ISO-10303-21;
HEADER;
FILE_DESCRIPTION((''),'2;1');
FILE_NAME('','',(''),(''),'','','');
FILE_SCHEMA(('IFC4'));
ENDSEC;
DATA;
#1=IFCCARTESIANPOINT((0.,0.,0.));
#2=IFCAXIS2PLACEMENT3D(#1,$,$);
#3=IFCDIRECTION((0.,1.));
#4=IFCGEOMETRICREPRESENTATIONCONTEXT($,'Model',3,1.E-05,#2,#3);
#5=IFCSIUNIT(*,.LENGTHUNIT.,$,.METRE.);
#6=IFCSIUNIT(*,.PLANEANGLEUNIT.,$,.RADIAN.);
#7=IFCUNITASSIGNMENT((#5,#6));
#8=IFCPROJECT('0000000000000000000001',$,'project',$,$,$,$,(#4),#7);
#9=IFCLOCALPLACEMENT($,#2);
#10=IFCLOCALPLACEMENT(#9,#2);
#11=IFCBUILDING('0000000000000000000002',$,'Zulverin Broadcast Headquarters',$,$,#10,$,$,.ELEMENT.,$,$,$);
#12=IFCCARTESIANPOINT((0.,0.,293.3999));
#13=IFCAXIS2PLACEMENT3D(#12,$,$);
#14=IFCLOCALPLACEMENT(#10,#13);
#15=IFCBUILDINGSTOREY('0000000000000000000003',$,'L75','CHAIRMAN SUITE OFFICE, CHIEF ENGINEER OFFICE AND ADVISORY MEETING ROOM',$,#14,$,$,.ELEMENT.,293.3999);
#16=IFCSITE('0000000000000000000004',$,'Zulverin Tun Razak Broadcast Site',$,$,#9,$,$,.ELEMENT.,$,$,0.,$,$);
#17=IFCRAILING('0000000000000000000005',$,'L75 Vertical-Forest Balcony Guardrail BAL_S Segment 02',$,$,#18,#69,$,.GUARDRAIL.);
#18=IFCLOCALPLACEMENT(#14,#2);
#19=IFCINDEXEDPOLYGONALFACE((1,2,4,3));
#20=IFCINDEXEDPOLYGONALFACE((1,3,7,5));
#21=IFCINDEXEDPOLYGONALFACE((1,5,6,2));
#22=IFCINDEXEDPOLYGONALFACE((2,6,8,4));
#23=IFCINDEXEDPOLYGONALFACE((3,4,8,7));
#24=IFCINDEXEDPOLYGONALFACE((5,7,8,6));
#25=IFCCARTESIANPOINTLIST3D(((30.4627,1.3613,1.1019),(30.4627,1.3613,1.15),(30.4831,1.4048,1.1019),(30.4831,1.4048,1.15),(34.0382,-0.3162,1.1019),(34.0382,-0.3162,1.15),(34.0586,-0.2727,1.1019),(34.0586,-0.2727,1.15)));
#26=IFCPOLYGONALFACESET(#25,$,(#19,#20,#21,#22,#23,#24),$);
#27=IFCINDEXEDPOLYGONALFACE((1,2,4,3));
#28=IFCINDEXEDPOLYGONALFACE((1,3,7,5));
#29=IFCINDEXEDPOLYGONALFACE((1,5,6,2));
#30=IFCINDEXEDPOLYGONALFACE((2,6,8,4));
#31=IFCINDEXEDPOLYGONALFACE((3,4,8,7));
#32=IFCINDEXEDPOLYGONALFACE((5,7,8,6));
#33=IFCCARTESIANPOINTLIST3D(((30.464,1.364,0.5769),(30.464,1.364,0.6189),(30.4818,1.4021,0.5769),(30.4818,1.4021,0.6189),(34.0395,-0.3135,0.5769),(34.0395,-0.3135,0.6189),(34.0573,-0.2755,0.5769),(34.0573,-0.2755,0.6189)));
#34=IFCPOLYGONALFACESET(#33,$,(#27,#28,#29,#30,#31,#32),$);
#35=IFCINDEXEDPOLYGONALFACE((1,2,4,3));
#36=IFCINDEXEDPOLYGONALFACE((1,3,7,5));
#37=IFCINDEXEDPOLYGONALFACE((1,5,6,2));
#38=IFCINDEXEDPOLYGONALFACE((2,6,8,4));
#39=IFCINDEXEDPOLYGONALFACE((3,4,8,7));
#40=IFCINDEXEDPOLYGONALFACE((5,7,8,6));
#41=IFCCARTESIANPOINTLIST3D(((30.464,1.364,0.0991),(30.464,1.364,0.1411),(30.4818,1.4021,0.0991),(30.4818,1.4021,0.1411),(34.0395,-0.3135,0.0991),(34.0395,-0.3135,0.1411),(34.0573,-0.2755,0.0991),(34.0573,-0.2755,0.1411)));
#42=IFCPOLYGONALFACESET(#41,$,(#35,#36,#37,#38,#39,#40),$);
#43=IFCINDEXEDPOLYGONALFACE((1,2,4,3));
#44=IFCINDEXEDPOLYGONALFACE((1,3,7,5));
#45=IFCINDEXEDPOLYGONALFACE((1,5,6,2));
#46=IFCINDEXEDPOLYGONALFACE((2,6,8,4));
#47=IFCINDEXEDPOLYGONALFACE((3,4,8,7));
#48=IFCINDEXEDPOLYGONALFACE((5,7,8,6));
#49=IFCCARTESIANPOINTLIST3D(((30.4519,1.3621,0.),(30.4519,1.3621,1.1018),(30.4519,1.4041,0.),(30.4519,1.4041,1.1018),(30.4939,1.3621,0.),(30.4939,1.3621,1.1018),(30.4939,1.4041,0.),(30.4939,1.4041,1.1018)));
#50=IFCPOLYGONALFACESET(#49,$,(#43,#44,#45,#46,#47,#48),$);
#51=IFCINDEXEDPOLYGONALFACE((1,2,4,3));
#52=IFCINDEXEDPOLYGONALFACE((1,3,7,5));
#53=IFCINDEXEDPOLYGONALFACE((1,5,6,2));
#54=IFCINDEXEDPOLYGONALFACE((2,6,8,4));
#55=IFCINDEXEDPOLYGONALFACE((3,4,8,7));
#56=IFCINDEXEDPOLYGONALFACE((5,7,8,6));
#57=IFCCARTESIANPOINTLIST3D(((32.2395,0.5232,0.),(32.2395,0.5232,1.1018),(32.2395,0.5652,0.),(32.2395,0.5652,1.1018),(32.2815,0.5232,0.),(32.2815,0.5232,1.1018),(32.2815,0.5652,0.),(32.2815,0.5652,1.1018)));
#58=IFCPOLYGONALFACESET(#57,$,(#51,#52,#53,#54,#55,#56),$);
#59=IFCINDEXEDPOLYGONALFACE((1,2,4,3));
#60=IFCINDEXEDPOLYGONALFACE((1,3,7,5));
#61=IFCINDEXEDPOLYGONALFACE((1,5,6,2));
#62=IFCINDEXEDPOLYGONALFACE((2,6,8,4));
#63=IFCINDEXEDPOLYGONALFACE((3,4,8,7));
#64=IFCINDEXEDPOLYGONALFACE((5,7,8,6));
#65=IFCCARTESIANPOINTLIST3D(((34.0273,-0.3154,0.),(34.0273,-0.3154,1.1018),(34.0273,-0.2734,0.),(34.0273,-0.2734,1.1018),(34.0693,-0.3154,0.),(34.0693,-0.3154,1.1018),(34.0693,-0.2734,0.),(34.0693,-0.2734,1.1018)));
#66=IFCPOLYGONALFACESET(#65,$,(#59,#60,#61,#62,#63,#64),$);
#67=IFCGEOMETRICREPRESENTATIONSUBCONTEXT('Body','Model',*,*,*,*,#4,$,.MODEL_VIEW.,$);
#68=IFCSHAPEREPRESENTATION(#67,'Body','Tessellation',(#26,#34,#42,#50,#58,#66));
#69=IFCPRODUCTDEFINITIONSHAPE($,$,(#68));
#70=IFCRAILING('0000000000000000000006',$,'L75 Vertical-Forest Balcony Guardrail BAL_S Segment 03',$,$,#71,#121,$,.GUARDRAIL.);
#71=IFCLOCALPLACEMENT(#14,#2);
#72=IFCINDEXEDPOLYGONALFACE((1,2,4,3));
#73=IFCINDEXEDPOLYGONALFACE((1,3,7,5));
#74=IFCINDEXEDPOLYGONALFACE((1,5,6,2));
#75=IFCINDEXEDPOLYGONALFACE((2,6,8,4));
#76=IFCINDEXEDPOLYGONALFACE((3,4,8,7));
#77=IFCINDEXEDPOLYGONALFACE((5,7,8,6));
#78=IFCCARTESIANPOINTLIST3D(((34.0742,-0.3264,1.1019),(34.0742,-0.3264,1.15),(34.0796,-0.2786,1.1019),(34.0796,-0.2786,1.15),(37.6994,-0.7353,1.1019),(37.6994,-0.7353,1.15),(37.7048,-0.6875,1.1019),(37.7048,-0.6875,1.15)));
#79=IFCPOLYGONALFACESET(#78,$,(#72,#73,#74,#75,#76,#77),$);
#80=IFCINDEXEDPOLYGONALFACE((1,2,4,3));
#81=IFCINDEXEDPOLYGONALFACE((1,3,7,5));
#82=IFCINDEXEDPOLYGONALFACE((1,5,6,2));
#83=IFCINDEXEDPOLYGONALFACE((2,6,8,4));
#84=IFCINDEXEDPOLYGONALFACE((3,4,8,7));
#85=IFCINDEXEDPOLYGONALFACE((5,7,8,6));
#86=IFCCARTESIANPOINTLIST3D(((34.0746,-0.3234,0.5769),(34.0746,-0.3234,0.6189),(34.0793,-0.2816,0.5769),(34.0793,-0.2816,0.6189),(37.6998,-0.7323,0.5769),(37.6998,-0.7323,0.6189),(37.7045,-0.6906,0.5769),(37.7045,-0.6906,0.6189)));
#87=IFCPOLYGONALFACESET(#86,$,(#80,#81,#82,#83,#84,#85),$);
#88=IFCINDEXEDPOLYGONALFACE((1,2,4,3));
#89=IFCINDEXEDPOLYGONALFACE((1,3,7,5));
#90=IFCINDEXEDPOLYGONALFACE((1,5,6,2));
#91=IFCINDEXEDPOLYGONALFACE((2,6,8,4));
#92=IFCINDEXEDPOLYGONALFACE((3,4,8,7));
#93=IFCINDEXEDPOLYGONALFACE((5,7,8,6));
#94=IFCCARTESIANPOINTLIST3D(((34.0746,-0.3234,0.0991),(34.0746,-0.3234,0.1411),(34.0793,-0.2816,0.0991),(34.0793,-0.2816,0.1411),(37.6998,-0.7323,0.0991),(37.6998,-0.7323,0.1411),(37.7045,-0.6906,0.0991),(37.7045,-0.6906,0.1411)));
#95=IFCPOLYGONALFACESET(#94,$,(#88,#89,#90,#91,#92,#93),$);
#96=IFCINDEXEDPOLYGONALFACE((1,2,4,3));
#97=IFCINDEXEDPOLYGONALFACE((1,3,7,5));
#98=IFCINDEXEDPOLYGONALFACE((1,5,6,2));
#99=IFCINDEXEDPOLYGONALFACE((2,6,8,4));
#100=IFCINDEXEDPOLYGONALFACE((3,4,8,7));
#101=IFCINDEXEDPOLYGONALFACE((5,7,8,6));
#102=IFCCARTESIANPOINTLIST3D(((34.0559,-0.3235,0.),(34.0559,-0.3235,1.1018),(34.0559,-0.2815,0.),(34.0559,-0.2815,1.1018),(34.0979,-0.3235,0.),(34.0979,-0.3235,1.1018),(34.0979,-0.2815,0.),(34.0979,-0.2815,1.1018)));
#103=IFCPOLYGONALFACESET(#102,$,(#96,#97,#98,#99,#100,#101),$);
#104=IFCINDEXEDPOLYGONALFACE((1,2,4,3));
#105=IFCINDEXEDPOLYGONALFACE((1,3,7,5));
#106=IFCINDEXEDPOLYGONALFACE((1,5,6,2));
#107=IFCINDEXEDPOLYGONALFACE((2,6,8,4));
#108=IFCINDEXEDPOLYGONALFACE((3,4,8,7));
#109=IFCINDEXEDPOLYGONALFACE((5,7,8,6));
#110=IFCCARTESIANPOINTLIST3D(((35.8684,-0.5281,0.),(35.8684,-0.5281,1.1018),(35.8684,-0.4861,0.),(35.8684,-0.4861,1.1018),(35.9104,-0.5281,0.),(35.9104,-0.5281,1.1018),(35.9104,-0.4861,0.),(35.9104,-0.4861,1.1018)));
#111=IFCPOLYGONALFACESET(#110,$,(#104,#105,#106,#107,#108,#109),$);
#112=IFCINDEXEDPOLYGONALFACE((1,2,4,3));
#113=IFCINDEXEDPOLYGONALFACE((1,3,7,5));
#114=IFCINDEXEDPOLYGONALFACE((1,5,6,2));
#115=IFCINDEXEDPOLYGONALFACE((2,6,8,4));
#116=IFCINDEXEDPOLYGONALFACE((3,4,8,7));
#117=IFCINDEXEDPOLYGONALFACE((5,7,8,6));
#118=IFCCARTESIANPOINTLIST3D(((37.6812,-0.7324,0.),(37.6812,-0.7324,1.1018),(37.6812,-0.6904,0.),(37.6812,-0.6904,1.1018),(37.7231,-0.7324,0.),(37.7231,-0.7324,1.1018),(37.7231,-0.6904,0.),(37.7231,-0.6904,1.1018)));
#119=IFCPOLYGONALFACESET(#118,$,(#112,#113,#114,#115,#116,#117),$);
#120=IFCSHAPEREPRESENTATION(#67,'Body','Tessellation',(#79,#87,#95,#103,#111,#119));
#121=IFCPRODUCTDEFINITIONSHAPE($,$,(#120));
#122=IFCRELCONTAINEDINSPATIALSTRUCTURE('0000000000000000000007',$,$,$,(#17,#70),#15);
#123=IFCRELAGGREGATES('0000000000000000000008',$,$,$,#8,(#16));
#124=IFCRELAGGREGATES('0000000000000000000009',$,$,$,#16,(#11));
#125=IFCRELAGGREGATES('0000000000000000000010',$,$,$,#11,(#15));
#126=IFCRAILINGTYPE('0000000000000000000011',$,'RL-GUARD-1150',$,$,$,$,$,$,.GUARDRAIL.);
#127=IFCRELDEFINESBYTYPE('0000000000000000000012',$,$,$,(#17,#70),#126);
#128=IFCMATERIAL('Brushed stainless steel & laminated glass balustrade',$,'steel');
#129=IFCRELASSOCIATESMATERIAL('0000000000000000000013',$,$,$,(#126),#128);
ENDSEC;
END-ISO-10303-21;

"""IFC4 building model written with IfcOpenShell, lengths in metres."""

from ifc_helpers import new_model, si_unit, direction, frame, origin, origin_2d, place, context, subcontext, project, spatial, rectangle, extrude, material, type_object, element, save


model = new_model("IFC4")

# Units and contexts
model_context = context("Model", 3, precision=1e-05, world=origin(), true_north=direction((0.0, 1.0)))
body_context = subcontext(model_context, "Body", "Model", "MODEL_VIEW")
ifc_project = project(units=[si_unit("LENGTHUNIT", "METRE"), si_unit("PLANEANGLEUNIT", "RADIAN")], contexts=[model_context])

# Site, building, storey
site_placement = place(None, origin())
site = spatial("IfcSite", under=ifc_project, at=site_placement, Name="Zulverin Tun Razak Broadcast Site", CompositionType="ELEMENT", RefElevation=0.0)
building_placement = place(site_placement, origin())
building = spatial("IfcBuilding", under=site, at=building_placement, Name="Zulverin Broadcast Headquarters", CompositionType="ELEMENT")
storey_placement = place(building_placement, frame((0.0, 0.0, 293.3999)))
storey = spatial("IfcBuildingStorey", under=building, at=storey_placement, Name="L75", Description="CHAIRMAN SUITE OFFICE, CHIEF ENGINEER OFFICE AND ADVISORY MEETING ROOM", CompositionType="ELEMENT", Elevation=293.3999)

# Railings
ifc_material_1 = material(Name="Brushed stainless steel & laminated glass balustrade", Category="steel")
railing_type = type_object("IfcRailingType", Name="RL-GUARD-1150", PredefinedType="GUARDRAIL", material=ifc_material_1)
railing_1_placement = place(storey_placement, frame((30.4729, 1.3831, 0.0)))
element("IfcRailing", 1, at=railing_1_placement, inside=storey, type_object=railing_type, Name="L75 Vertical-Forest Balcony Guardrail BAL_S Segment 02", PredefinedType="GUARDRAIL", context=body_context, shape_type="SweptSolid", body=[
    extrude(rectangle(XDim=0.0481, YDim=0.0481, at=origin_2d()), frame((0.0, 0.0, 1.126), z_axis=(0.905313, -0.424746, 0.0), x_axis=(0.424746, 0.905313, 0.0)), (0.0, 0.0, 1.0), 3.9495),
    extrude(rectangle(XDim=0.042, YDim=0.042, at=origin_2d()), frame((0.0, 0.0, 0.5979), z_axis=(0.905313, -0.424746, 0.0), x_axis=(0.424746, 0.905313, 0.0)), (0.0, 0.0, 1.0), 3.9495),
    extrude(rectangle(XDim=0.042, YDim=0.042, at=origin_2d()), frame((0.0, 0.0, 0.1201), z_axis=(0.905313, -0.424746, 0.0), x_axis=(0.424746, 0.905313, 0.0)), (0.0, 0.0, 1.0), 3.9495),
    extrude(rectangle(XDim=0.042, YDim=0.042, at=origin_2d()), origin(), (0.0, 0.0, 1.0), 1.1018),
    extrude(rectangle(XDim=0.042, YDim=0.042, at=origin_2d()), frame((1.7876, -0.8389, 0.0)), (0.0, 0.0, 1.0), 1.1018),
    extrude(rectangle(XDim=0.042, YDim=0.042, at=origin_2d()), frame((3.5754, -1.6775, 0.0)), (0.0, 0.0, 1.0), 1.1018),
])
railing_2_placement = place(storey_placement, frame((34.0769, -0.3025, 0.0)))
element("IfcRailing", 2, at=railing_2_placement, inside=storey, type_object=railing_type, Name="L75 Vertical-Forest Balcony Guardrail BAL_S Segment 03", PredefinedType="GUARDRAIL", context=body_context, shape_type="SweptSolid", body=[
    extrude(rectangle(XDim=0.0481, YDim=0.0481, at=origin_2d()), frame((0.0, 0.0, 1.126), z_axis=(0.993698, -0.112091, 0.0), x_axis=(0.112091, 0.993698, 0.0)), (0.0, 0.0, 1.0), 3.6482),
    extrude(rectangle(XDim=0.042, YDim=0.042, at=origin_2d()), frame((0.0, 0.0, 0.5979), z_axis=(0.993698, -0.112091, 0.0), x_axis=(0.112091, 0.993698, 0.0)), (0.0, 0.0, 1.0), 3.6482),
    extrude(rectangle(XDim=0.042, YDim=0.042, at=origin_2d()), frame((0.0, 0.0, 0.1201), z_axis=(0.993698, -0.112091, 0.0), x_axis=(0.112091, 0.993698, 0.0)), (0.0, 0.0, 1.0), 3.6482),
    extrude(rectangle(XDim=0.042, YDim=0.042, at=origin_2d()), origin(), (0.0, 0.0, 1.0), 1.1018),
    extrude(rectangle(XDim=0.042, YDim=0.042, at=origin_2d()), frame((1.8125, -0.2046, 0.0)), (0.0, 0.0, 1.0), 1.1018),
    extrude(rectangle(XDim=0.042, YDim=0.042, at=origin_2d()), frame((3.6252, -0.4089, 0.0)), (0.0, 0.0, 1.0), 1.1018),
])

save(model, "model.ifc")
